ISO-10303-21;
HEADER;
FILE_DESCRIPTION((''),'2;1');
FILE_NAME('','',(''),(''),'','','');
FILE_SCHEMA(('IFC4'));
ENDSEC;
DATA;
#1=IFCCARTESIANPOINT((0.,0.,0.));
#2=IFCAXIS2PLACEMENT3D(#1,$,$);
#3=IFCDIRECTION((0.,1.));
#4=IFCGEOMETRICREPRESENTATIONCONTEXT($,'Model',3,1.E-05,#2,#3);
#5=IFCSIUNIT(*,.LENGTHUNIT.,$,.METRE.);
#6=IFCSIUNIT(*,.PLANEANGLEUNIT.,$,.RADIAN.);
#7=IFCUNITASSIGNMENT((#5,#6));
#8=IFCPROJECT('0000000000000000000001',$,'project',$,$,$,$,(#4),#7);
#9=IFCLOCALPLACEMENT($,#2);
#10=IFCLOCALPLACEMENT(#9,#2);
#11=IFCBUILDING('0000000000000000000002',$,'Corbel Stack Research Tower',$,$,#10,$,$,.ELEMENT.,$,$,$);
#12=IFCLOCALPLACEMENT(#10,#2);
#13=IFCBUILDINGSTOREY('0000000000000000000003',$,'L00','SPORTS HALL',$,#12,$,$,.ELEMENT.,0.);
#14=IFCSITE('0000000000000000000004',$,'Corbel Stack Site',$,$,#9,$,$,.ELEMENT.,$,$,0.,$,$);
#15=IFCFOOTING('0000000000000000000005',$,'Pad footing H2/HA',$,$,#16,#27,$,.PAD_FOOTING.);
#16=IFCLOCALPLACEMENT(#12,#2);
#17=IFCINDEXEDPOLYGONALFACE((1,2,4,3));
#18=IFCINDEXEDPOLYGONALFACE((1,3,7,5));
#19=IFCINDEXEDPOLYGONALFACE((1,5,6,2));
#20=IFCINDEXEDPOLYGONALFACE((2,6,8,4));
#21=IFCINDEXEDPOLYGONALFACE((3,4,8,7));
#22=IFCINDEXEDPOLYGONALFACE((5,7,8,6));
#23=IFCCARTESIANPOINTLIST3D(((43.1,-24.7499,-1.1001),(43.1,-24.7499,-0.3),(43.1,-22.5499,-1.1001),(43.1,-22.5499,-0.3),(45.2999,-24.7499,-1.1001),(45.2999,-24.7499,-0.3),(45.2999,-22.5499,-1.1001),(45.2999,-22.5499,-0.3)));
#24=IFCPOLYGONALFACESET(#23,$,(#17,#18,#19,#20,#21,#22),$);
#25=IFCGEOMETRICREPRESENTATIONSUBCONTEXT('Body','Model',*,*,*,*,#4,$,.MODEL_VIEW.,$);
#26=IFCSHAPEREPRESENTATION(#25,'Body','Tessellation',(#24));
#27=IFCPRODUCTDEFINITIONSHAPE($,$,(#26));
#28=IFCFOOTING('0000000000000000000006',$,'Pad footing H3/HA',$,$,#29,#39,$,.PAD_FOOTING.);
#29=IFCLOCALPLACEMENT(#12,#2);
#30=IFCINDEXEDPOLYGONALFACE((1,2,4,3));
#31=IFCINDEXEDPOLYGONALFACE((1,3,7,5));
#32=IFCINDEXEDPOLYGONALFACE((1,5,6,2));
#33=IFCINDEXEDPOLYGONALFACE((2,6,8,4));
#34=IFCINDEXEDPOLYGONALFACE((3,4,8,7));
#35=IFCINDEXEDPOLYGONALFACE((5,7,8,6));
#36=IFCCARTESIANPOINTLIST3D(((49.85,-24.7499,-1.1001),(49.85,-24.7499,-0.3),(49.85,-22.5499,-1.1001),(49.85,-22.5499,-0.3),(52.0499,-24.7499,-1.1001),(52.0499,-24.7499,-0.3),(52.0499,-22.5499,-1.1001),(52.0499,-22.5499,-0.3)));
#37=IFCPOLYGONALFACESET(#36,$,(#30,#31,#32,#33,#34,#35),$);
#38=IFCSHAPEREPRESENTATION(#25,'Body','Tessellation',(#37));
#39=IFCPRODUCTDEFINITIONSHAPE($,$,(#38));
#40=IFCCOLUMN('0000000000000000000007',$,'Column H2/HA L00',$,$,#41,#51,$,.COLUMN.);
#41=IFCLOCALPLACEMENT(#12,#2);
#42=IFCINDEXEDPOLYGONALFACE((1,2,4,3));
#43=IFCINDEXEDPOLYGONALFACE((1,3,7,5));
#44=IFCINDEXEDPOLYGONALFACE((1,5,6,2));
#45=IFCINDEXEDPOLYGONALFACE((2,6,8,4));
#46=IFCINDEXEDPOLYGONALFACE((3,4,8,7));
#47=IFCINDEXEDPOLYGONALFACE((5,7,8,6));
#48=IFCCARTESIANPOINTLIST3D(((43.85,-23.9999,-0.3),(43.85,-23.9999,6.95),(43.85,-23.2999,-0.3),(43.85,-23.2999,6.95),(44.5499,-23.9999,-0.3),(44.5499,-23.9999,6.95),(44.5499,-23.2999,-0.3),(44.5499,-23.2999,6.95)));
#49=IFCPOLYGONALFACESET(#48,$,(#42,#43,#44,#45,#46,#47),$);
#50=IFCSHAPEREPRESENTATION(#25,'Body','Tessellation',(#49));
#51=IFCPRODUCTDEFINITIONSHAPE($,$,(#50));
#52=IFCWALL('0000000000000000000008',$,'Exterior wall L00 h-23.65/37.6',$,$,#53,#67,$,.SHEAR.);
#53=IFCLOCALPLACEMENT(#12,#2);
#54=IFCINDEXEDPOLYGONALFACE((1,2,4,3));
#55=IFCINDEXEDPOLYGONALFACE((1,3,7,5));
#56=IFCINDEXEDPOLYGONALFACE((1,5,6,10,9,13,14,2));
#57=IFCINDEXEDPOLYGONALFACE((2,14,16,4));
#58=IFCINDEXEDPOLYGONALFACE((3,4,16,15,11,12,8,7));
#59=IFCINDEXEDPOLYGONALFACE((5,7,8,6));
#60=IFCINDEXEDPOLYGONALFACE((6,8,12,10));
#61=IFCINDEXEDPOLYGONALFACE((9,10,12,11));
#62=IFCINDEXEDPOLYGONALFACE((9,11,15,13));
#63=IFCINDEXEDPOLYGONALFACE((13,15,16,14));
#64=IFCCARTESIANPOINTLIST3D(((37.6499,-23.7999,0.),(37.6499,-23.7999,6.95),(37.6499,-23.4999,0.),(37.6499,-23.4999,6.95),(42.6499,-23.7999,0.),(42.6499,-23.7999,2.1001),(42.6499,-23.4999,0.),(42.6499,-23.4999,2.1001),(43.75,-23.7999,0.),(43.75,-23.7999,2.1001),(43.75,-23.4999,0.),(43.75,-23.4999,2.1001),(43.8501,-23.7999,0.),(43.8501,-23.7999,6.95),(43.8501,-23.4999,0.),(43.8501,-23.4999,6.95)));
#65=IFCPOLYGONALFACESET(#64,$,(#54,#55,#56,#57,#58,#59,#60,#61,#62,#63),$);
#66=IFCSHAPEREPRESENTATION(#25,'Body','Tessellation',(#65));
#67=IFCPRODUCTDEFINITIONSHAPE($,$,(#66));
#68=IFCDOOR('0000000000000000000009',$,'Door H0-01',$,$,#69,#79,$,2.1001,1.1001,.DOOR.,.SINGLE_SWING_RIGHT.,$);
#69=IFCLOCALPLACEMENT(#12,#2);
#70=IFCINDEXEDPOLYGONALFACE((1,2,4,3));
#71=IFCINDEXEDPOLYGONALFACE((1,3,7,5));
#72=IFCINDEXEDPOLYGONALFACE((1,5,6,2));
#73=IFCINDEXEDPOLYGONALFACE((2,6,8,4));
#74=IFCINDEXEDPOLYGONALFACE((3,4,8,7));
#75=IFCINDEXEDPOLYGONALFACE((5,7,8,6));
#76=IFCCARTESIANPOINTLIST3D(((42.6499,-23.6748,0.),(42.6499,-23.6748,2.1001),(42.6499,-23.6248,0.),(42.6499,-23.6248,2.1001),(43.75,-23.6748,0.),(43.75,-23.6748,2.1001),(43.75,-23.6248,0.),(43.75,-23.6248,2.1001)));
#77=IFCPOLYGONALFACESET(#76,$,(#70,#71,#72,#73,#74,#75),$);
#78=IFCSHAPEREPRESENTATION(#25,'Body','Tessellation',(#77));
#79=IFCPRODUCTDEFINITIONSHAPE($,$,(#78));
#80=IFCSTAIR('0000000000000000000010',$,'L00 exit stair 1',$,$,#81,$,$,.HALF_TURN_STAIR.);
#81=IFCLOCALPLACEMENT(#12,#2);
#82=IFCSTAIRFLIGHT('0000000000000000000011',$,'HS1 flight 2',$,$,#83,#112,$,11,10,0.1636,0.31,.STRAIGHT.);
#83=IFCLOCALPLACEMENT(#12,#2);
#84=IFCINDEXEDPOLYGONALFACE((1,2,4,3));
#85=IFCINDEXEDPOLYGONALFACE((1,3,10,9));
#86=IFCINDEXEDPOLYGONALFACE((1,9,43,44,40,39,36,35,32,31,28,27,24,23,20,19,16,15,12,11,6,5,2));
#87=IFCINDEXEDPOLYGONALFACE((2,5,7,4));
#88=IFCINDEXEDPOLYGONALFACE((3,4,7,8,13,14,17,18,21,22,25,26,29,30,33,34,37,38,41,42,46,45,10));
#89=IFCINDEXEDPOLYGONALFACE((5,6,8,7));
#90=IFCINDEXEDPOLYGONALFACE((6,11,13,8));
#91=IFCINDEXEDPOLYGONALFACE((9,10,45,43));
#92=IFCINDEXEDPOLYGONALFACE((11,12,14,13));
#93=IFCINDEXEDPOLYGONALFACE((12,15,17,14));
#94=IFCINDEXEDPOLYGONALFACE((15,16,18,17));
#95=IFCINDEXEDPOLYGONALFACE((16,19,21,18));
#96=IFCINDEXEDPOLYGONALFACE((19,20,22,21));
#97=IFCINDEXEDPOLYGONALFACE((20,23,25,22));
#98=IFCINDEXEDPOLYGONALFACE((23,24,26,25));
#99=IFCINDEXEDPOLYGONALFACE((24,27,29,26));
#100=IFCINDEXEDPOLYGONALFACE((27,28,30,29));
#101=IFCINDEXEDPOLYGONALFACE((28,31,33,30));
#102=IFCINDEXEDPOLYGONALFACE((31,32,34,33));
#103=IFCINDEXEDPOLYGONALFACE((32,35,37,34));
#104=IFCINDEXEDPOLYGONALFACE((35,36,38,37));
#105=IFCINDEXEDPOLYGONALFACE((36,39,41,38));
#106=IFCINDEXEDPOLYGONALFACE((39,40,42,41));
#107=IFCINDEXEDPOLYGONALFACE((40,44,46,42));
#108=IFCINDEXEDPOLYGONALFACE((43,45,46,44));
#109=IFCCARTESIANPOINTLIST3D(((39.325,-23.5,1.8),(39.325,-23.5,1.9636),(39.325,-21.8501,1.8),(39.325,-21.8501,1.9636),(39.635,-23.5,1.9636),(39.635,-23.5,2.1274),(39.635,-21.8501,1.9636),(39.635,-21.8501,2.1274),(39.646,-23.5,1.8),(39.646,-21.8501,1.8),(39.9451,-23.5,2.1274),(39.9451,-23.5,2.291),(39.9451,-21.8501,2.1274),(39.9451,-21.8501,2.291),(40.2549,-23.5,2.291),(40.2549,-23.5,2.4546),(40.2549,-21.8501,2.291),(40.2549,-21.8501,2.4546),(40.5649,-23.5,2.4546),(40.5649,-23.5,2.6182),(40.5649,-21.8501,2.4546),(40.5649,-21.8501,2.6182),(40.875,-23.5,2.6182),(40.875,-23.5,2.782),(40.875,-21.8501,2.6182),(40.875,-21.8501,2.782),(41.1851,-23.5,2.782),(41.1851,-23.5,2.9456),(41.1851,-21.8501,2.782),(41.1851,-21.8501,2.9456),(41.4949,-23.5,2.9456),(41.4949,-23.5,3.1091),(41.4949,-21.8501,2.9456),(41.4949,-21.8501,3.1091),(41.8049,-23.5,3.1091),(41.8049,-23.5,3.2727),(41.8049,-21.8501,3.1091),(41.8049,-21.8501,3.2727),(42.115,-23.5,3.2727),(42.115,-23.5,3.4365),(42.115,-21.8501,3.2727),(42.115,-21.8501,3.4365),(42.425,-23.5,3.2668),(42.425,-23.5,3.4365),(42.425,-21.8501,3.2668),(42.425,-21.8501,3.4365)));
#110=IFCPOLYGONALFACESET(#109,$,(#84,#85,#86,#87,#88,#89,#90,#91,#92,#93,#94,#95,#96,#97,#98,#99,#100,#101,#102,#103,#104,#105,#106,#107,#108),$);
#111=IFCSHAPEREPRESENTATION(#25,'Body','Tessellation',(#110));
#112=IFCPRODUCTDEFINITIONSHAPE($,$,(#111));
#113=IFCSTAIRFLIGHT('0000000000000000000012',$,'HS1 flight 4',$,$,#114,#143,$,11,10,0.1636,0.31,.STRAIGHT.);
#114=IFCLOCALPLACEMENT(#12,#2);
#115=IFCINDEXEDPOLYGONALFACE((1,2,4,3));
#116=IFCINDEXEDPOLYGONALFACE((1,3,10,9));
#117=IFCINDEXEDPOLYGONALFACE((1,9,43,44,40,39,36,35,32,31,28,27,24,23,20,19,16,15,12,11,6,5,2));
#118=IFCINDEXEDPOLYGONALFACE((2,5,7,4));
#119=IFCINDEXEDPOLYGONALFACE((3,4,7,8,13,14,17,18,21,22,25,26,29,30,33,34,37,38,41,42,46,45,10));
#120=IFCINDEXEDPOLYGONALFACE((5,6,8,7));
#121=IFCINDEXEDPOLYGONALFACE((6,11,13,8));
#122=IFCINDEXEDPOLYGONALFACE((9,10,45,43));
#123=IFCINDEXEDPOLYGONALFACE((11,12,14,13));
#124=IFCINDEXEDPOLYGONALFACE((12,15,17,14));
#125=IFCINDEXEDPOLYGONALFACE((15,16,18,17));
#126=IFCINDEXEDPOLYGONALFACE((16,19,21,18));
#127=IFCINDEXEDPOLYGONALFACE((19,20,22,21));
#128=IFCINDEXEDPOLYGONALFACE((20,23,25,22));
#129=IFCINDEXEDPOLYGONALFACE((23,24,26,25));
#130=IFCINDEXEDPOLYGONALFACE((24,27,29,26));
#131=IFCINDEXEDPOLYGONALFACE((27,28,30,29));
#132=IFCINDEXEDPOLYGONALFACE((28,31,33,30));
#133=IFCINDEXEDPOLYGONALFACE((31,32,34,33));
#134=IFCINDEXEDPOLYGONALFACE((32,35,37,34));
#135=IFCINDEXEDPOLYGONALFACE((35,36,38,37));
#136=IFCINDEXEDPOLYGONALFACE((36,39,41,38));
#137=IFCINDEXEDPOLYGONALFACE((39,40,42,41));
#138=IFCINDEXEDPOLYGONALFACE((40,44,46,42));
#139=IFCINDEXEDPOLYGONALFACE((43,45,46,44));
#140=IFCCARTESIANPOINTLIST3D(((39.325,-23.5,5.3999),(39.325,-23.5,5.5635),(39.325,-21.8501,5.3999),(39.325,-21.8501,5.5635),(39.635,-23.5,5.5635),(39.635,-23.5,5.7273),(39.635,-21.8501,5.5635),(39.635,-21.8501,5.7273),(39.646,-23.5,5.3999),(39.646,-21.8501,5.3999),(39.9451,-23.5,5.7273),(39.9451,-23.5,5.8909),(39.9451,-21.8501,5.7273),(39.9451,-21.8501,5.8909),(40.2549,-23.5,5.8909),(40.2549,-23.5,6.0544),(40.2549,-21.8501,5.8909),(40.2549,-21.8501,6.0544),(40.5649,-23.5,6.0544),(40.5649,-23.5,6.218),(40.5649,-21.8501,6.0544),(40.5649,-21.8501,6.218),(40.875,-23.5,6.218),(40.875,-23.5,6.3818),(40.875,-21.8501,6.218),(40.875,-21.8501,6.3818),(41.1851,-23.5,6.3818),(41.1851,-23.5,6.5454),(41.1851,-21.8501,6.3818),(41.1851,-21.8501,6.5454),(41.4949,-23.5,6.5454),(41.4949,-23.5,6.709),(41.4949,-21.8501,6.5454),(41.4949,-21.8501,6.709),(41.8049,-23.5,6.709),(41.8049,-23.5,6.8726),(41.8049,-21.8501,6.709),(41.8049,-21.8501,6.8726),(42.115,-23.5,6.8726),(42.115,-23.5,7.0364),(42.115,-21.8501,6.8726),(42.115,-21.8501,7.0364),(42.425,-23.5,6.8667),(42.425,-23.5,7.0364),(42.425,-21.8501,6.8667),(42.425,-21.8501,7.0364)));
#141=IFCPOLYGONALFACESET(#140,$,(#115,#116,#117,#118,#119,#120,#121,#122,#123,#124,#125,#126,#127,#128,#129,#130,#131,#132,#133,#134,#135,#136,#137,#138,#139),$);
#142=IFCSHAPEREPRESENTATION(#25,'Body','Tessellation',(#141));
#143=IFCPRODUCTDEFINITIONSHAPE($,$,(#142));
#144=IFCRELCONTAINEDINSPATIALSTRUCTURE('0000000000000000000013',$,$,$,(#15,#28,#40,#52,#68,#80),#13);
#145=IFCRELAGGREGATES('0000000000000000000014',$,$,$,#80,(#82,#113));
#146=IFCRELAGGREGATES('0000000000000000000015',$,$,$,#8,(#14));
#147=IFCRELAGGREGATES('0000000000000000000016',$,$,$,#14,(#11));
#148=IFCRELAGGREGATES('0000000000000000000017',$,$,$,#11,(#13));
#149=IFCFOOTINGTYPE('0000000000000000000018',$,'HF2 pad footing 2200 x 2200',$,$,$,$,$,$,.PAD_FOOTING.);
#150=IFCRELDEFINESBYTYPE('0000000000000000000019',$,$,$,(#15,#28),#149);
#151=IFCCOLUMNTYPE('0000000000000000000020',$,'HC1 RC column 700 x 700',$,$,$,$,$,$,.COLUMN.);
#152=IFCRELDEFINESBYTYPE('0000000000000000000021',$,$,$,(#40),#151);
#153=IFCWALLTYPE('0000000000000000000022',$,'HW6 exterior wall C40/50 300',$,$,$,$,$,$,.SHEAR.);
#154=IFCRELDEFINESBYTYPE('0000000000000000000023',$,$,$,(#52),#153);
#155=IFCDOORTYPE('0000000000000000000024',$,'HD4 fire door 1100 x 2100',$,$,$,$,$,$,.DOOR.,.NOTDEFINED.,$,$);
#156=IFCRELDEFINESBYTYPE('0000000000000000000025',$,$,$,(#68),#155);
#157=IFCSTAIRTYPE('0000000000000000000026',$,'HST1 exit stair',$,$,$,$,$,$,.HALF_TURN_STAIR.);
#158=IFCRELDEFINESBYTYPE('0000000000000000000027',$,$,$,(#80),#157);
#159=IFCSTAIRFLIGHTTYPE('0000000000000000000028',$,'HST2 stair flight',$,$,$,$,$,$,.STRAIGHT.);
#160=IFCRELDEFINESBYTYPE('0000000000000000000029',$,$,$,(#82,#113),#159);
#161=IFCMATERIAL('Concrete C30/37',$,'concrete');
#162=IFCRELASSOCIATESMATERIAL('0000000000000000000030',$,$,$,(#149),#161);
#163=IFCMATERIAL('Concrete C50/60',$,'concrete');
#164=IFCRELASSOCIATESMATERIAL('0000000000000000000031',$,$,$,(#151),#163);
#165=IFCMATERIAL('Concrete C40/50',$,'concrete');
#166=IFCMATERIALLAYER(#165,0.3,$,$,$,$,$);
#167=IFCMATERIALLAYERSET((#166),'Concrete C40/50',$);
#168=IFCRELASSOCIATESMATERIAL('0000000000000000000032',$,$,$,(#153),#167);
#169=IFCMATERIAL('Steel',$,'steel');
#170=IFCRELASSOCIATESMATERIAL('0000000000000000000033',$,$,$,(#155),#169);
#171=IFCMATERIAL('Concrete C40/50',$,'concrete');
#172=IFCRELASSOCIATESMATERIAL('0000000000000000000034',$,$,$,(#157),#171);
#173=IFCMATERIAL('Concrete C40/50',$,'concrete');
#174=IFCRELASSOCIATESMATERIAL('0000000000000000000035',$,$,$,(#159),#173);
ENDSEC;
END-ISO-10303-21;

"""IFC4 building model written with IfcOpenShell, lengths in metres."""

from ifc_helpers import new_model, si_unit, direction, frame, frame_2d, origin, origin_2d, place, context, subcontext, project, spatial, polyline, rectangle, outline, extrude, material, layer, layer_set, material_profile, profile_set, type_object, element, fill, aggregate, save


model = new_model("IFC4")

# Units and contexts
model_context = context("Model", 3, precision=1e-05, world=origin(), true_north=direction((0.0, 1.0)))
body_context = subcontext(model_context, "Body", "Model", "MODEL_VIEW")
ifc_project = project(units=[si_unit("LENGTHUNIT", "METRE"), si_unit("PLANEANGLEUNIT", "RADIAN")], contexts=[model_context])

# Site, building, storey
site_placement = place(None, origin())
site = spatial("IfcSite", under=ifc_project, at=site_placement, Name="Corbel Stack Site", CompositionType="ELEMENT", RefElevation=0.0)
building_placement = place(site_placement, origin())
building = spatial("IfcBuilding", under=site, at=building_placement, Name="Corbel Stack Research Tower", CompositionType="ELEMENT")
storey_placement = place(building_placement, origin())
storey = spatial("IfcBuildingStorey", under=building, at=storey_placement, Name="L00", Description="SPORTS HALL", CompositionType="ELEMENT", Elevation=0.0)

# Footings
ifc_material_1 = material(Name="Concrete C30/37", Category="concrete")
footing_type = type_object("IfcFootingType", Name="HF2 pad footing 2200 x 2200", PredefinedType="PAD_FOOTING", material=ifc_material_1)
for number, where, z_axis, x_axis, name in (
    (1, (44.2, -23.6499, -1.1001), (0.0, 0.0, 1.0), (1.0, 0.0, 0.0), "Pad footing H2/HA"),
    (2, (50.95, -23.6499, -1.1001), (0.0, 0.0, 1.0), (1.0, 0.0, 0.0), "Pad footing H3/HA"),
):
    element("IfcFooting", number, at=place(storey_placement, frame(where, z_axis=z_axis, x_axis=x_axis)), inside=storey, type_object=footing_type, Name=name, PredefinedType="PAD_FOOTING", context=body_context, shape_type="SweptSolid", body=[
        extrude(rectangle(XDim=2.2, YDim=2.2, at=origin_2d()), origin(), (0.0, 0.0, 1.0), 0.8),
    ])

# Column
ifc_material_2 = material(Name="Concrete C50/60", Category="concrete")
ifc_material_profile = material_profile(ifc_material_2, rectangle(XDim=0.7, YDim=0.7, at=origin_2d()), Name="RC 700 x 700")
ifc_profile_set = profile_set([ifc_material_profile], Name="Concrete C50/60")
column_type = type_object("IfcColumnType", Name="HC1 RC column 700 x 700", PredefinedType="COLUMN", material=ifc_profile_set)
column_placement = place(storey_placement, frame((44.2, -23.6499, -0.3), z_axis=(0.0, 0.0, 1.0), x_axis=(1.0, 0.0, 0.0)))
element("IfcColumn", 3, at=column_placement, inside=storey, type_object=column_type, Name="Column H2/HA L00", PredefinedType="COLUMN", context=body_context, shape_type="SweptSolid", body=[
    extrude(rectangle(XDim=0.7, YDim=0.7, at=origin_2d()), origin(), (0.0, 0.0, 1.0), 7.25),
])

# Wall, opening, door
ifc_material_3 = material(Name="Concrete C40/50", Category="concrete")
ifc_layer_1 = layer(ifc_material_3, 0.3)
ifc_layer_set_1 = layer_set([ifc_layer_1], Name="Concrete C40/50")
wall_type_1 = type_object("IfcWallType", Name="HW6 exterior wall C40/50 300", PredefinedType="SHEAR", material=ifc_layer_set_1)
wall_1_placement = place(storey_placement, frame((43.8501, -23.6499, 0.0), z_axis=(0.0, 0.0, 1.0), x_axis=(-1.0, 0.0, 0.0)))
wall_1 = element("IfcWall", 4, at=wall_1_placement, inside=storey, type_object=wall_type_1, Name="Exterior wall L00 h-23.65/37.6", PredefinedType="SHEAR", context=body_context, shape_type="SweptSolid", body=[
    extrude(rectangle(XDim=6.2002, YDim=0.3, at=frame_2d((3.1001, 0.0))), origin(), (0.0, 0.0, 1.0), 6.95),
])
opening_1_placement = place(wall_1_placement, frame((0.1001, 0.0, 0.0)))
opening_1 = element("IfcOpeningElement", 5, at=opening_1_placement, cuts=wall_1, PredefinedType="OPENING", context=body_context, shape_type="SweptSolid", body=[
    extrude(rectangle(XDim=1.1001, YDim=2.1001, at=frame_2d((0.55, 1.05))), frame((0.0, 0.1599, 0.0), z_axis=(0.0, -1.0, 0.0), x_axis=(1.0, 0.0, 0.0)), (0.0, 0.0, 1.0), 0.3201),
])
ifc_material_4 = material(Name="Steel", Category="steel")
door_type_1 = type_object("IfcDoorType", Name="HD4 fire door 1100 x 2100", OperationType="NOTDEFINED", PredefinedType="DOOR", material=ifc_material_4)
door_1_placement = place(opening_1_placement, origin())
door_1 = element("IfcDoor", 6, at=door_1_placement, inside=storey, type_object=door_type_1, Name="Door H0-01", OperationType="SINGLE_SWING_RIGHT", OverallHeight=2.1001, OverallWidth=1.1001, PredefinedType="DOOR", context=body_context, shape_type="SweptSolid", body=[
    extrude(rectangle(XDim=1.1001, YDim=2.1001, at=frame_2d((0.55, 1.05))), frame((0.0, 0.0249, 0.0), z_axis=(0.0, -1.0, 0.0), x_axis=(1.0, 0.0, 0.0)), (0.0, 0.0, 1.0), 0.05),
])
fill(opening_1, door_1)

# Stair, stair flights
ifc_material_5 = material(Name="Concrete C40/50", Category="concrete")
stair_type = type_object("IfcStairType", Name="HST1 exit stair", PredefinedType="HALF_TURN_STAIR", material=ifc_material_5)
stair_placement = place(storey_placement, origin())
stair = element("IfcStair", 7, at=stair_placement, inside=storey, type_object=stair_type, Name="L00 exit stair 1", PredefinedType="HALF_TURN_STAIR")
ifc_material_6 = material(Name="Concrete C40/50", Category="concrete")
stair_flight_type = type_object("IfcStairFlightType", Name="HST2 stair flight", PredefinedType="STRAIGHT", material=ifc_material_6)
stair_flight_1_placement = place(storey_placement, frame((39.325, -22.675, 1.8), z_axis=(0.0, 0.0, 1.0), x_axis=(1.0, 0.0, 0.0)))
stair_flight_1 = element("IfcStairFlight", 8, at=stair_flight_1_placement, type_object=stair_flight_type, Name="HS1 flight 2", NumberOfRisers=11, NumberOfTreads=10, PredefinedType="STRAIGHT", RiserHeight=0.1636, TreadLength=0.31, context=body_context, shape_type="SweptSolid", body=[
    extrude(outline(polyline([(0.0, 0.0), (0.0, 0.1636), (0.3101, 0.1636), (0.3101, 0.3274), (0.6201, 0.3274), (0.6201, 0.491), (0.9299, 0.491), (0.9299, 0.6545), (1.24, 0.6545), (1.24, 0.8181), (1.55, 0.8181), (1.55, 0.9819), (1.8601, 0.9819), (1.8601, 1.1455), (2.1699, 1.1455), (2.1699, 1.3091), (2.48, 1.3091), (2.48, 1.4727), (2.79, 1.4727), (2.79, 1.6365), (3.1001, 1.6365), (3.1001, 1.8), (3.1001, 1.4668), (0.321, 0.0), (0.0, 0.0)])), frame((0.0, 0.825, 0.0), z_axis=(0.0, -1.0, 0.0), x_axis=(1.0, 0.0, 0.0)), (0.0, 0.0, 1.0), 1.6499),
])
stair_flight_2_placement = place(storey_placement, frame((39.325, -22.675, 5.3999), z_axis=(0.0, 0.0, 1.0), x_axis=(1.0, 0.0, 0.0)))
stair_flight_2 = element("IfcStairFlight", 9, at=stair_flight_2_placement, type_object=stair_flight_type, Name="HS1 flight 4", NumberOfRisers=11, NumberOfTreads=10, PredefinedType="STRAIGHT", RiserHeight=0.1636, TreadLength=0.31, context=body_context, shape_type="SweptSolid", body=[
    extrude(outline(polyline([(0.0, 0.0), (0.0, 0.1636), (0.3101, 0.1636), (0.3101, 0.3274), (0.6201, 0.3274), (0.6201, 0.491), (0.9299, 0.491), (0.9299, 0.6545), (1.24, 0.6545), (1.24, 0.8181), (1.55, 0.8181), (1.55, 0.9819), (1.8601, 0.9819), (1.8601, 1.1455), (2.1699, 1.1455), (2.1699, 1.3091), (2.48, 1.3091), (2.48, 1.4727), (2.79, 1.4727), (2.79, 1.6365), (3.1001, 1.6365), (3.1001, 1.8), (3.1001, 1.4668), (0.321, 0.0), (0.0, 0.0)])), frame((0.0, 0.825, 0.0), z_axis=(0.0, -1.0, 0.0), x_axis=(1.0, 0.0, 0.0)), (0.0, 0.0, 1.0), 1.6499),
])
aggregate(stair, [stair_flight_1, stair_flight_2])

save(model, "model.ifc")
